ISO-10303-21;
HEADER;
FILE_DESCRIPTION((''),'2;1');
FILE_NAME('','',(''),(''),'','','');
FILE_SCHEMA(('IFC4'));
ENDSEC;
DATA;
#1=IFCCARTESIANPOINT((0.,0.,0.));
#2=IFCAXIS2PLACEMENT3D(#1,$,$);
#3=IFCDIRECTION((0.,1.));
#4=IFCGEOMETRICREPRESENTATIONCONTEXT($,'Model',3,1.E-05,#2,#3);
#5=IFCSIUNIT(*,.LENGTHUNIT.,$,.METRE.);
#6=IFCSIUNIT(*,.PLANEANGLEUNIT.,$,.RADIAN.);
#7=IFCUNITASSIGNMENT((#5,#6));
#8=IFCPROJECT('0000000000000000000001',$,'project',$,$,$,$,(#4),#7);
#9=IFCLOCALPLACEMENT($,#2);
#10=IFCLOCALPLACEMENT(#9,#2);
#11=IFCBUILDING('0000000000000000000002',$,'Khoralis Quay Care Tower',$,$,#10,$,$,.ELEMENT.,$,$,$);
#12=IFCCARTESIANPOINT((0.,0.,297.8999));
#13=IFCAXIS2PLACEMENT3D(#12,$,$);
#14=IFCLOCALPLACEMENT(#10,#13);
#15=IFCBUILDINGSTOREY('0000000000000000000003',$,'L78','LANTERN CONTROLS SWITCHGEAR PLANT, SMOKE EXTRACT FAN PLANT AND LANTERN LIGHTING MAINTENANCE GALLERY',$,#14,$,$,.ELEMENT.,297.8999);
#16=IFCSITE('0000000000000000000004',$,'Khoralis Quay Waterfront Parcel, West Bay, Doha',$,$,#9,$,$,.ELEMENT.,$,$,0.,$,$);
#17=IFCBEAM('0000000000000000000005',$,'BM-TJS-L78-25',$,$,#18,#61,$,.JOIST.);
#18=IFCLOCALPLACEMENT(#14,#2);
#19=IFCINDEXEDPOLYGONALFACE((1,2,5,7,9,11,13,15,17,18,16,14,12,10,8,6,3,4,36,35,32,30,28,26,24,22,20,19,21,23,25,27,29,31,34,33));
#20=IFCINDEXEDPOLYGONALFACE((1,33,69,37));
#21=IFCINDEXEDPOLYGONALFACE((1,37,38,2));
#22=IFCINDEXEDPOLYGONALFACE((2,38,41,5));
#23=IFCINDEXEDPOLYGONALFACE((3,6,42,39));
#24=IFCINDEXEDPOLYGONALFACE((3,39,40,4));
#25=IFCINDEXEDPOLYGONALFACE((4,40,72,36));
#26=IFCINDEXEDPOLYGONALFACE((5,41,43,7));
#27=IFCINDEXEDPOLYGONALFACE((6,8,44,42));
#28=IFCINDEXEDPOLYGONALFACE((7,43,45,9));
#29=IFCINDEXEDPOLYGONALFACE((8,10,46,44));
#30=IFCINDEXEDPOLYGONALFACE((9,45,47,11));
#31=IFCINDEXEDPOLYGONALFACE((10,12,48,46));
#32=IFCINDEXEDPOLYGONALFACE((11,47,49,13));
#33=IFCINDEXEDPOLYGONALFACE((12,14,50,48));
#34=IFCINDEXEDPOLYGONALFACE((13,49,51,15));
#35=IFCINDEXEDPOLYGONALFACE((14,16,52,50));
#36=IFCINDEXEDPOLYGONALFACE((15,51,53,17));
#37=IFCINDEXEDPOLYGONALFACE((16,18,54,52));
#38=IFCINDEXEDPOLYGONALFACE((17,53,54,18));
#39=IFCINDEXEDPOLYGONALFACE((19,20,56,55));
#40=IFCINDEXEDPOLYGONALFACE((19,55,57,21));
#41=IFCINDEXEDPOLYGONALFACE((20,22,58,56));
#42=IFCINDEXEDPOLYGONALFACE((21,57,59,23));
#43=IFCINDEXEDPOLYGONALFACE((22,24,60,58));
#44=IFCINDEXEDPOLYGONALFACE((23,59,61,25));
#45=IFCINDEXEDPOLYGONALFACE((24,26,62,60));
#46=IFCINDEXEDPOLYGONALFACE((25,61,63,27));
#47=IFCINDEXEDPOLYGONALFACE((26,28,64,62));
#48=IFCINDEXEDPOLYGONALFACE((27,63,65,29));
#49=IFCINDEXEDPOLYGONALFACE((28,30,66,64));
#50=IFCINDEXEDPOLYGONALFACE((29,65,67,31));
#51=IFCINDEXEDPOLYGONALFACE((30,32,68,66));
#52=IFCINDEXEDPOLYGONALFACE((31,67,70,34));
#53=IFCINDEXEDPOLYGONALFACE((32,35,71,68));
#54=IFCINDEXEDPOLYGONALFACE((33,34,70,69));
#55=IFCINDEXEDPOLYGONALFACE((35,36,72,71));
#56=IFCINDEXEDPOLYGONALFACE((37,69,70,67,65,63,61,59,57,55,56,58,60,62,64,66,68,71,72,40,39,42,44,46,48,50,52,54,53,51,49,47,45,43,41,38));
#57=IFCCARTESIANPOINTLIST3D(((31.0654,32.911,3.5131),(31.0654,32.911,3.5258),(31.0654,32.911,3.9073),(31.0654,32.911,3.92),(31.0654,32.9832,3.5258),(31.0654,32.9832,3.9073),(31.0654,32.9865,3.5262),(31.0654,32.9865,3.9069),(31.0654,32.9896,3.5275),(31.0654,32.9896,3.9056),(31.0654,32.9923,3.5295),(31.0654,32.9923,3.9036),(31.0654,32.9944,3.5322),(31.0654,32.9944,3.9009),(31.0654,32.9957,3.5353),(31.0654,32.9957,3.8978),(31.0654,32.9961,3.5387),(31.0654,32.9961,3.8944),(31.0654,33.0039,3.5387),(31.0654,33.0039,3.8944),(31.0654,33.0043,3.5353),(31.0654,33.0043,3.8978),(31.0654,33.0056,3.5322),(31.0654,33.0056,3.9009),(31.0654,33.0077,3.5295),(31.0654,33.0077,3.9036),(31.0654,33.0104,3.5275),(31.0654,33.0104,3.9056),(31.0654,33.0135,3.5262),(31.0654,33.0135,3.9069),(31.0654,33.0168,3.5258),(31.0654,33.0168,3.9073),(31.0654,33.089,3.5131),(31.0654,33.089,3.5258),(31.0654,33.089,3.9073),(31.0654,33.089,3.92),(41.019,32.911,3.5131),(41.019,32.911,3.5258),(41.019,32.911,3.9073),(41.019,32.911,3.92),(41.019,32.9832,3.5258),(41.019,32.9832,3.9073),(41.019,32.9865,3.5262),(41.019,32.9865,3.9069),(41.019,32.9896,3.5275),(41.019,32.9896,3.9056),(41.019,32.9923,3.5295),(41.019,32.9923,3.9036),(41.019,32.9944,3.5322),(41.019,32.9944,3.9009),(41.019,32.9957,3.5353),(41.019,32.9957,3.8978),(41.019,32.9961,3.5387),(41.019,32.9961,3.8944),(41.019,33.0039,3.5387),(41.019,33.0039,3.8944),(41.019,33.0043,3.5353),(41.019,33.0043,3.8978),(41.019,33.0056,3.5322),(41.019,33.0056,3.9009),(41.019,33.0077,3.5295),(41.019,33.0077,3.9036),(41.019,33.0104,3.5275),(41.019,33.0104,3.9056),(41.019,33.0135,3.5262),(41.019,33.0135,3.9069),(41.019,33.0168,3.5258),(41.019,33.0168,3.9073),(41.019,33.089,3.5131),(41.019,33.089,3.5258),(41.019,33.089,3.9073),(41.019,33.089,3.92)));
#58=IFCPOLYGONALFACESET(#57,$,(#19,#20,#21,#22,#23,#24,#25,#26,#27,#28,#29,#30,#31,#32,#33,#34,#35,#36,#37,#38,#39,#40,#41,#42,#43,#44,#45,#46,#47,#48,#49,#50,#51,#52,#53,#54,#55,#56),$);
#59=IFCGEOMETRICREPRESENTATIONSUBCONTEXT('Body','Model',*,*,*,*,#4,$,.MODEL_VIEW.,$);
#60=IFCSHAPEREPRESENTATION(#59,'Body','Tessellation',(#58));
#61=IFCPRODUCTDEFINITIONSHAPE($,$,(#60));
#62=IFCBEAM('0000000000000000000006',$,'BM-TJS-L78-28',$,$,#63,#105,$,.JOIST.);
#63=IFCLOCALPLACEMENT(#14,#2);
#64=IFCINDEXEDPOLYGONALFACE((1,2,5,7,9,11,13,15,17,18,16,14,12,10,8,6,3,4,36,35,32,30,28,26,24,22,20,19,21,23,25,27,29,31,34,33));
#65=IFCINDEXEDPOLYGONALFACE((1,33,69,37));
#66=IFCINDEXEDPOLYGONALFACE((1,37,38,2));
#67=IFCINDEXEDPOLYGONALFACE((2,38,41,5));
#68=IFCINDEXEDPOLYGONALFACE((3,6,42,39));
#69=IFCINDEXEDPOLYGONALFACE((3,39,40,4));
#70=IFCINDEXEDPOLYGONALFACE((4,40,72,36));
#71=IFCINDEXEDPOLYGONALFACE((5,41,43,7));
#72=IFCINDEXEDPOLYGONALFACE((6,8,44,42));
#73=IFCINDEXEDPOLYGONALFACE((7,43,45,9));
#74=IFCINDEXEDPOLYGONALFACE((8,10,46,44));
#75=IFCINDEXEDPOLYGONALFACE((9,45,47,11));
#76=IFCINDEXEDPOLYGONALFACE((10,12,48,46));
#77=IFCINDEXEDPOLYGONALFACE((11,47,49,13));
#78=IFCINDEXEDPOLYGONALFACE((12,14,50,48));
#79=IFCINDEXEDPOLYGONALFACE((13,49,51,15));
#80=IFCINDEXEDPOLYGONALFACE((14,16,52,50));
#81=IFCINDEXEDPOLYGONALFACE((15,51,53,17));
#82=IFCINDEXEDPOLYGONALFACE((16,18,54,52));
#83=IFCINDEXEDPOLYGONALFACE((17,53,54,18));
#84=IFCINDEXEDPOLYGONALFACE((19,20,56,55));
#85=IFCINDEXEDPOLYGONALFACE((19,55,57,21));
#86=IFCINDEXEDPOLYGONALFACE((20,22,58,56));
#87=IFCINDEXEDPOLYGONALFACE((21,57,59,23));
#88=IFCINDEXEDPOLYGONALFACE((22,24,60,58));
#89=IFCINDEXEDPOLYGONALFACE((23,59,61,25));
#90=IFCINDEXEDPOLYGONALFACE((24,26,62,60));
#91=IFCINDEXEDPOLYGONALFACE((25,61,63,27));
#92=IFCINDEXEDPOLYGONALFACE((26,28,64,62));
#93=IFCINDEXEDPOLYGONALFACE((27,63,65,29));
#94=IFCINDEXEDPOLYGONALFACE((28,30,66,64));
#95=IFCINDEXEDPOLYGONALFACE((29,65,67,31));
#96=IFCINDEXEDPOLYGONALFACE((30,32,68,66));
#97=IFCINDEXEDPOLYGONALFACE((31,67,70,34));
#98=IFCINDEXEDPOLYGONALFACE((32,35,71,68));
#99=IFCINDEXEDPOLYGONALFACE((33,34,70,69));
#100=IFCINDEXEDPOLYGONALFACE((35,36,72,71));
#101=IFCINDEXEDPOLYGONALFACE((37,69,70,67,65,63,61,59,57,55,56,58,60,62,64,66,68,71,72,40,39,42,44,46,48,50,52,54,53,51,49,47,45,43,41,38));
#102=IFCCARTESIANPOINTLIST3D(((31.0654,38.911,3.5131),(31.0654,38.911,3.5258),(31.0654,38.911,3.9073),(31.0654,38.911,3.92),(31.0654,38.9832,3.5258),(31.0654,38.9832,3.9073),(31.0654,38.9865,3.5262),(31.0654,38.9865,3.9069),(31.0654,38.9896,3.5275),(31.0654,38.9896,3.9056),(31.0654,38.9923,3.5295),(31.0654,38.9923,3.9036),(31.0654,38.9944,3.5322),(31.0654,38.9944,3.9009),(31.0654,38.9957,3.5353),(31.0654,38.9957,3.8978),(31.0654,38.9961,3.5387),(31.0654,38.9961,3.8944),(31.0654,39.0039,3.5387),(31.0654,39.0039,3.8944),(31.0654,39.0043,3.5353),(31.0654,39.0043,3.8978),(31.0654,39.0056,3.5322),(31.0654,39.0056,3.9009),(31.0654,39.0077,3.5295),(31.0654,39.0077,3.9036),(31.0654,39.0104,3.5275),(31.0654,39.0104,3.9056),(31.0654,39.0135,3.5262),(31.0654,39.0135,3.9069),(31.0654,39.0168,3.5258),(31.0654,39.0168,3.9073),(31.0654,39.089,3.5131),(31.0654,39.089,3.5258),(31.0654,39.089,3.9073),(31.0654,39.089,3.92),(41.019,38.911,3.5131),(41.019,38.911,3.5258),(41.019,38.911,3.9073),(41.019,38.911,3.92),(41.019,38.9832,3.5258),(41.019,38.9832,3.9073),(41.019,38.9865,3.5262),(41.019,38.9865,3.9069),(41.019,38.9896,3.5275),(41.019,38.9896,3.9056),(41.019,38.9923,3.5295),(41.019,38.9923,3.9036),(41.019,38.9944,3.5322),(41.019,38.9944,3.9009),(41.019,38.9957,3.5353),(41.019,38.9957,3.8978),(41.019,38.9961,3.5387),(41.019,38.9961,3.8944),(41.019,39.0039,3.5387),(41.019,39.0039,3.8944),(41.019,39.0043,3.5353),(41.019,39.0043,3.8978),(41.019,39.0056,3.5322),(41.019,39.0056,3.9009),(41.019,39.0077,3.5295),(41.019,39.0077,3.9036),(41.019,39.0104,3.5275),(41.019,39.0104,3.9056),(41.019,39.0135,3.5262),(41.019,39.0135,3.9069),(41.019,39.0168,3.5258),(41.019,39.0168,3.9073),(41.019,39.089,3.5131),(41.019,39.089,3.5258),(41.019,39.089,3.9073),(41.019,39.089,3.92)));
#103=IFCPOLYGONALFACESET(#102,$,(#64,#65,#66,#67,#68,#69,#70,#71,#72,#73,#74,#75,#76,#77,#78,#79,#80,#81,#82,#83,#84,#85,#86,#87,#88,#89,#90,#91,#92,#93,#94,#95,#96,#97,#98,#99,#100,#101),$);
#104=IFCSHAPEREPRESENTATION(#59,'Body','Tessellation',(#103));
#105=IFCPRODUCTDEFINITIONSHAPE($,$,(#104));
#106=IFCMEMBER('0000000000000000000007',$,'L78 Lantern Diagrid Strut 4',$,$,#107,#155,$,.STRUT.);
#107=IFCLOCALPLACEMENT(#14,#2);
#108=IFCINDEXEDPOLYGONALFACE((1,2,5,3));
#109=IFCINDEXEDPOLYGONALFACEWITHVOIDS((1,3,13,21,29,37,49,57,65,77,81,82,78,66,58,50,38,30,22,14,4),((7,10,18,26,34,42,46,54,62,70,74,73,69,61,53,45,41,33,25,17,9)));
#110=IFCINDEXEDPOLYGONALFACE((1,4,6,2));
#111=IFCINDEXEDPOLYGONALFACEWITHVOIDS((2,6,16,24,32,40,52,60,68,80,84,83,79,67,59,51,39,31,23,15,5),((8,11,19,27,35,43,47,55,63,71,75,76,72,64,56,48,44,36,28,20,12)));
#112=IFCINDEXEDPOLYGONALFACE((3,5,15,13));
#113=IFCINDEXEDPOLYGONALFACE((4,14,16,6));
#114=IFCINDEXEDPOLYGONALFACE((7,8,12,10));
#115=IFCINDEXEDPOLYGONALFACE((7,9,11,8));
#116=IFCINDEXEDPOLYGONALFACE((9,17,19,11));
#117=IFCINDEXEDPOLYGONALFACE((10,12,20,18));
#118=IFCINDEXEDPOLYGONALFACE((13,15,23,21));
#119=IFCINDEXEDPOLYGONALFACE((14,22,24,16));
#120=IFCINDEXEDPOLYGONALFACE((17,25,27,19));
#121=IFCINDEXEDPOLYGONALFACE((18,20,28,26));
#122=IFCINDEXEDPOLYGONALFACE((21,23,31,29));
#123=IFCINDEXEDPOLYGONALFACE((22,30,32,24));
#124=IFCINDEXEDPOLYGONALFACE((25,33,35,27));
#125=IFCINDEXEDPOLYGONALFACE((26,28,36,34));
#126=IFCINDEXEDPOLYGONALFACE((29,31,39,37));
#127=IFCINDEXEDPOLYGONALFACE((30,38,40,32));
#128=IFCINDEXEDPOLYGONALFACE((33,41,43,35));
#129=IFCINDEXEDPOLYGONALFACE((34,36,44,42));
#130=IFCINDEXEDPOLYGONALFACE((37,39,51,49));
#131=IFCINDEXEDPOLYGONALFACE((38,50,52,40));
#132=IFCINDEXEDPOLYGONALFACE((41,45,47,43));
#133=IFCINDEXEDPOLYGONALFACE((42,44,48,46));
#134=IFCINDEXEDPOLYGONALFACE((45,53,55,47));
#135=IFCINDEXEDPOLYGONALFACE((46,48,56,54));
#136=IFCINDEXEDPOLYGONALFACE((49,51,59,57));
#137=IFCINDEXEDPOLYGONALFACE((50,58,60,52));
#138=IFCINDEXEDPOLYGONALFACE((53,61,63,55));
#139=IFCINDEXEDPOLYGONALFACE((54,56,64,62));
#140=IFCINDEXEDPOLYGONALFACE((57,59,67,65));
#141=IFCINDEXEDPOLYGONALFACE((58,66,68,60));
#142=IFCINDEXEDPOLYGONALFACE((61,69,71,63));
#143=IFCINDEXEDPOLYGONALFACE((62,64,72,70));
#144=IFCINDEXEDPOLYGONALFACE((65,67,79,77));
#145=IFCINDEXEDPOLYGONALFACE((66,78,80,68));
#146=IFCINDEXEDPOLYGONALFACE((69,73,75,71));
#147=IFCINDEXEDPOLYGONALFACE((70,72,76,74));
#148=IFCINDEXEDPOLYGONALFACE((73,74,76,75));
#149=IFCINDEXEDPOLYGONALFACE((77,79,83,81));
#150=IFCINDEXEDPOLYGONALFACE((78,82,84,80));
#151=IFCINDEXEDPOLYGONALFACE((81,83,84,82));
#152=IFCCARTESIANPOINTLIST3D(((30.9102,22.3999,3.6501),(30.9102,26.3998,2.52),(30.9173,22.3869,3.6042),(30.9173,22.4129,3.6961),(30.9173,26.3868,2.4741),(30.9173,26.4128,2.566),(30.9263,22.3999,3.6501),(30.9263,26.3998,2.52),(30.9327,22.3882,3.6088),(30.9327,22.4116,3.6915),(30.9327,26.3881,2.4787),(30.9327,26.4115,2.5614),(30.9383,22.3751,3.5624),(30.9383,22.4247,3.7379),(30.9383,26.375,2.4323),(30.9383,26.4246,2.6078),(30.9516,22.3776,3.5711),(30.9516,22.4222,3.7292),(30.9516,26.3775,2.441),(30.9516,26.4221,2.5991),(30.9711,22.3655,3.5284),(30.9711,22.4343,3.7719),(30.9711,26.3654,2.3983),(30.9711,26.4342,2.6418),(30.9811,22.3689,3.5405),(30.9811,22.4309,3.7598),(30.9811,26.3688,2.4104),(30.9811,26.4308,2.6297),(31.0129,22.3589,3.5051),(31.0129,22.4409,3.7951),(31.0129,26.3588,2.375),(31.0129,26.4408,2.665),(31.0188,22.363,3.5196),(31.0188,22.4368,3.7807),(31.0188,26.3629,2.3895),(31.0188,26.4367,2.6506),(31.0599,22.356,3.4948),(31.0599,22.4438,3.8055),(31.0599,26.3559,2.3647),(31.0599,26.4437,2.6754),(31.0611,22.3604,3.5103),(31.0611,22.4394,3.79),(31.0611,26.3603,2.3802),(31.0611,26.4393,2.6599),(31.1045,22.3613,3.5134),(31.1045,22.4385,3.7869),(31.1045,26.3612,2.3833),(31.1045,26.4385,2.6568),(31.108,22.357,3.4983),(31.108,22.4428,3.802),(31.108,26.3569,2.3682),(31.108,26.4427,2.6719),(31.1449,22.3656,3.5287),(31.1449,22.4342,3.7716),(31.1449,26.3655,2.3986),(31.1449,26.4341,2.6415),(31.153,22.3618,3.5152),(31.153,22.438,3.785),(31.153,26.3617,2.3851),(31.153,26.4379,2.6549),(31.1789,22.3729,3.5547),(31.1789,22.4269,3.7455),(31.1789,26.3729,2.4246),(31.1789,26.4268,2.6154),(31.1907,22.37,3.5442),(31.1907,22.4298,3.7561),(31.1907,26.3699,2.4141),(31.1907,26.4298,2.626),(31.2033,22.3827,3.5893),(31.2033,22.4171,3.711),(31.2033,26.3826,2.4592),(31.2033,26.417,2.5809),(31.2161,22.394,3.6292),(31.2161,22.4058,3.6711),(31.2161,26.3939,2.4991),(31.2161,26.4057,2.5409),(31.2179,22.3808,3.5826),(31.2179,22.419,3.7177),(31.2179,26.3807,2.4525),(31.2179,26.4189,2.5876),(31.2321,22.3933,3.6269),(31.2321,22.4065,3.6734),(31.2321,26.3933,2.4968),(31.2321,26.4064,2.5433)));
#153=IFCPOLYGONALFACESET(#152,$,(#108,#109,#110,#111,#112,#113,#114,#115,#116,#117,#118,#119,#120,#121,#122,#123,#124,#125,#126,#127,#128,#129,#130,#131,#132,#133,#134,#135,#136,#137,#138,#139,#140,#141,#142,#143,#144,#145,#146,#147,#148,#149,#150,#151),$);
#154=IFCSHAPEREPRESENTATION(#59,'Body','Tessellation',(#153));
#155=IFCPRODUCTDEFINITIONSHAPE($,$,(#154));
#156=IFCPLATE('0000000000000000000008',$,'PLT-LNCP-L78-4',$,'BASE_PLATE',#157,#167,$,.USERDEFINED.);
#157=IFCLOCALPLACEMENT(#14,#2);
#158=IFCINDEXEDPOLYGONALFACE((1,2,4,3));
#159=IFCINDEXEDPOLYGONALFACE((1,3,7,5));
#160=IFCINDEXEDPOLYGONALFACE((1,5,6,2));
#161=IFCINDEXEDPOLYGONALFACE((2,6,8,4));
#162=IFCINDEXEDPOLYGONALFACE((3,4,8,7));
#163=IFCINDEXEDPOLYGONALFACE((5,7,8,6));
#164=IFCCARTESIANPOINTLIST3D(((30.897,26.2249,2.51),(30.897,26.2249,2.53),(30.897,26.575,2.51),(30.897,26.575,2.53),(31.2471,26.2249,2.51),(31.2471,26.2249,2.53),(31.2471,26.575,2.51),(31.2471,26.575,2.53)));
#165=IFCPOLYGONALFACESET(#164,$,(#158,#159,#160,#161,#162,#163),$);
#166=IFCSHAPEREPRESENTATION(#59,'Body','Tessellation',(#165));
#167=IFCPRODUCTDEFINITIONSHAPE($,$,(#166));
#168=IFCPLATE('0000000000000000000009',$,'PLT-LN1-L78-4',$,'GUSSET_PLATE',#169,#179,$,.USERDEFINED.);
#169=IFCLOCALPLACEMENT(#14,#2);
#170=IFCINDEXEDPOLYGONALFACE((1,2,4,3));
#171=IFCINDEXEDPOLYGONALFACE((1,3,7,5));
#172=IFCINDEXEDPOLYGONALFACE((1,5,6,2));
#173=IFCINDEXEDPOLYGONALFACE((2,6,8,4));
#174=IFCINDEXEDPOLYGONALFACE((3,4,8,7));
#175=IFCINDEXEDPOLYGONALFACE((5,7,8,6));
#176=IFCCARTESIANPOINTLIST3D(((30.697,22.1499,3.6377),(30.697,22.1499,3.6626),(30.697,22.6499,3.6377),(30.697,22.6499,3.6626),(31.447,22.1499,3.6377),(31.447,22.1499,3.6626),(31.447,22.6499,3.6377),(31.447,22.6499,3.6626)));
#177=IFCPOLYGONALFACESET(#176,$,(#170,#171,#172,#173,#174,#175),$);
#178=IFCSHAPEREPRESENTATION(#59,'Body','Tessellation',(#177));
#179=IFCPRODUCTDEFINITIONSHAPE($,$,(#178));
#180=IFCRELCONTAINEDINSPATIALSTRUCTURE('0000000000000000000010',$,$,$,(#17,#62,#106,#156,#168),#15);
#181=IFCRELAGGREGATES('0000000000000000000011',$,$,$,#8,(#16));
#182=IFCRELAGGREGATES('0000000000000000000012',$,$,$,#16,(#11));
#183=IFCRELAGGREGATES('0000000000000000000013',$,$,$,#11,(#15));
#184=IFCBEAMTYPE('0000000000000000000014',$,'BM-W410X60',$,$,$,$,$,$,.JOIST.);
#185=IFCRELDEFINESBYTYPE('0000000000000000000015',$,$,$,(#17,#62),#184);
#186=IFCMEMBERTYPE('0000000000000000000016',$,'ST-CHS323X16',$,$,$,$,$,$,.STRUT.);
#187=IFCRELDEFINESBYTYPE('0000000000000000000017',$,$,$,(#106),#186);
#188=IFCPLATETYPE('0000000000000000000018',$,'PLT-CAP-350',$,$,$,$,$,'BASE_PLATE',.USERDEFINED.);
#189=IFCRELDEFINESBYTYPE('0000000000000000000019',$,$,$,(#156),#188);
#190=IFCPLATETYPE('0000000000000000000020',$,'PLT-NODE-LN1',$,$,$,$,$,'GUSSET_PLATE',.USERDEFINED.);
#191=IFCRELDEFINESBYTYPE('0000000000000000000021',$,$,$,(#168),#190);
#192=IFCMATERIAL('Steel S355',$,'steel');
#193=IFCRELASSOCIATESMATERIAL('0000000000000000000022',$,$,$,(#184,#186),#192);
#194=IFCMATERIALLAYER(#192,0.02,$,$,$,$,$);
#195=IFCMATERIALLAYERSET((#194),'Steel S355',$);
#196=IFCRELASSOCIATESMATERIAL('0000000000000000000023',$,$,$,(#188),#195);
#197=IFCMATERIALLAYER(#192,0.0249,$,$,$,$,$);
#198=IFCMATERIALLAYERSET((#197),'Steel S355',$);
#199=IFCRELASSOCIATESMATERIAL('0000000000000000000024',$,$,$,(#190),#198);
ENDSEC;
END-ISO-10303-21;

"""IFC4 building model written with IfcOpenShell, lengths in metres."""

from ifc_helpers import new_model, si_unit, direction, frame, origin, origin_2d, place, context, subcontext, project, spatial, rectangle, hollow_circle, i_section, extrude, source, transform, mapped, material, layer, layer_set, material_profile, profile_set, type_object, element, save


model = new_model("IFC4")

# Units and contexts
model_context = context("Model", 3, precision=1e-05, world=origin(), true_north=direction((0.0, 1.0)))
body_context = subcontext(model_context, "Body", "Model", "MODEL_VIEW")
ifc_project = project(units=[si_unit("LENGTHUNIT", "METRE"), si_unit("PLANEANGLEUNIT", "RADIAN")], contexts=[model_context])

# Site, building, storey
site_placement = place(None, origin())
site = spatial("IfcSite", under=ifc_project, at=site_placement, Name="Khoralis Quay Waterfront Parcel, West Bay, Doha", CompositionType="ELEMENT", RefElevation=0.0)
building_placement = place(site_placement, origin())
building = spatial("IfcBuilding", under=site, at=building_placement, Name="Khoralis Quay Care Tower", CompositionType="ELEMENT")
storey_placement = place(building_placement, frame((0.0, 0.0, 297.8999)))
storey = spatial("IfcBuildingStorey", under=building, at=storey_placement, Name="L78", Description="LANTERN CONTROLS SWITCHGEAR PLANT, SMOKE EXTRACT FAN PLANT AND LANTERN LIGHTING MAINTENANCE GALLERY", CompositionType="ELEMENT", Elevation=297.8999)

# Shared definitions
ifc_material_1 = material(Name="Steel S355", Category="steel")

# Beams
ifc_material_profile_1 = material_profile(ifc_material_1, i_section(OverallWidth=0.178, OverallDepth=0.407, WebThickness=0.0078, FlangeThickness=0.0127, FilletRadius=0.0129, at=origin_2d()), Name="Steel S355")
ifc_profile_set_1 = profile_set([ifc_material_profile_1], Name="Steel S355")
beam_type_1 = type_object("IfcBeamType", Name="BM-W410X60", PredefinedType="JOIST", material=ifc_profile_set_1)
shared_shape_1 = source(origin(), body_context, "Body", "SweptSolid", [
    extrude(i_section(OverallWidth=0.178, OverallDepth=0.407, WebThickness=0.0078, FlangeThickness=0.0127, FilletRadius=0.0129, at=origin_2d()), origin(), (0.0, 0.0, 1.0), 9.9536),
])
for number, where, z_axis, x_axis, name in (
    (1, (31.0654, 33.0, 3.7166), (1.0, 0.0, 0.0), (0.0, 1.0, 0.0), "BM-TJS-L78-25"),
    (2, (31.0654, 39.0, 3.7166), (1.0, 0.0, 0.0), (0.0, 1.0, 0.0), "BM-TJS-L78-28"),
):
    element("IfcBeam", number, at=place(storey_placement, frame(where, z_axis=z_axis, x_axis=x_axis)), inside=storey, type_object=beam_type_1, Name=name, PredefinedType="JOIST", context=body_context, shape_type="MappedRepresentation", body=[
        mapped(shared_shape_1, transform((0.0, 0.0, 0.0), scale=1.0)),
    ])

# Member
ifc_material_profile_2 = material_profile(ifc_material_1, hollow_circle(Radius=0.1619, WallThickness=0.0161, at=origin_2d()), Name="Steel S355")
ifc_profile_set_2 = profile_set([ifc_material_profile_2], Name="Steel S355")
member_type = type_object("IfcMemberType", Name="ST-CHS323X16", PredefinedType="STRUT", material=ifc_profile_set_2)
shared_shape_2 = source(origin(), body_context, "Body", "SweptSolid", [
    extrude(hollow_circle(Radius=0.1619, WallThickness=0.0161, at=origin_2d()), origin(), (0.0, 0.0, 1.0), 4.1565),
])
member_placement = place(storey_placement, frame((31.072, 22.3999, 3.6501), z_axis=(0.0, 0.962329, -0.271888), x_axis=(-1.0, 0.0, 0.0)))
element("IfcMember", 3, at=member_placement, inside=storey, type_object=member_type, Name="L78 Lantern Diagrid Strut 4", PredefinedType="STRUT", context=body_context, shape_type="MappedRepresentation", body=[
    mapped(shared_shape_2, transform((0.0, 0.0, 0.0), scale=1.0)),
])

# Plates
ifc_layer_1 = layer(ifc_material_1, 0.02)
ifc_layer_set_1 = layer_set([ifc_layer_1], Name="Steel S355")
plate_type_1 = type_object("IfcPlateType", Name="PLT-CAP-350", ElementType="BASE_PLATE", PredefinedType="USERDEFINED", material=ifc_layer_set_1)
shared_shape_3 = source(origin(), body_context, "Body", "SweptSolid", [
    extrude(rectangle(XDim=0.3501, YDim=0.3501, at=origin_2d()), origin(), (0.0, 0.0, 1.0), 0.02),
])
plate_1_placement = place(storey_placement, frame((31.072, 26.3999, 2.51), z_axis=(0.0, 0.0, 1.0), x_axis=(1.0, 0.0, 0.0)))
element("IfcPlate", 4, at=plate_1_placement, inside=storey, type_object=plate_type_1, Name="PLT-LNCP-L78-4", ObjectType="BASE_PLATE", PredefinedType="USERDEFINED", context=body_context, shape_type="MappedRepresentation", body=[
    mapped(shared_shape_3, transform((0.0, 0.0, 0.0), scale=1.0)),
])
ifc_layer_2 = layer(ifc_material_1, 0.0249)
ifc_layer_set_2 = layer_set([ifc_layer_2], Name="Steel S355")
plate_type_2 = type_object("IfcPlateType", Name="PLT-NODE-LN1", ElementType="GUSSET_PLATE", PredefinedType="USERDEFINED", material=ifc_layer_set_2)
shared_shape_4 = source(origin(), body_context, "Body", "SweptSolid", [
    extrude(rectangle(XDim=0.75, YDim=0.5, at=origin_2d()), origin(), (0.0, 0.0, 1.0), 0.0249),
])
plate_2_placement = place(storey_placement, frame((31.072, 22.3999, 3.6377), z_axis=(0.0, 0.0, 1.0), x_axis=(1.0, 0.0, 0.0)))
element("IfcPlate", 5, at=plate_2_placement, inside=storey, type_object=plate_type_2, Name="PLT-LN1-L78-4", ObjectType="GUSSET_PLATE", PredefinedType="USERDEFINED", context=body_context, shape_type="MappedRepresentation", body=[
    mapped(shared_shape_4, transform((0.0, 0.0, 0.0), scale=1.0)),
])

save(model, "model.ifc")
